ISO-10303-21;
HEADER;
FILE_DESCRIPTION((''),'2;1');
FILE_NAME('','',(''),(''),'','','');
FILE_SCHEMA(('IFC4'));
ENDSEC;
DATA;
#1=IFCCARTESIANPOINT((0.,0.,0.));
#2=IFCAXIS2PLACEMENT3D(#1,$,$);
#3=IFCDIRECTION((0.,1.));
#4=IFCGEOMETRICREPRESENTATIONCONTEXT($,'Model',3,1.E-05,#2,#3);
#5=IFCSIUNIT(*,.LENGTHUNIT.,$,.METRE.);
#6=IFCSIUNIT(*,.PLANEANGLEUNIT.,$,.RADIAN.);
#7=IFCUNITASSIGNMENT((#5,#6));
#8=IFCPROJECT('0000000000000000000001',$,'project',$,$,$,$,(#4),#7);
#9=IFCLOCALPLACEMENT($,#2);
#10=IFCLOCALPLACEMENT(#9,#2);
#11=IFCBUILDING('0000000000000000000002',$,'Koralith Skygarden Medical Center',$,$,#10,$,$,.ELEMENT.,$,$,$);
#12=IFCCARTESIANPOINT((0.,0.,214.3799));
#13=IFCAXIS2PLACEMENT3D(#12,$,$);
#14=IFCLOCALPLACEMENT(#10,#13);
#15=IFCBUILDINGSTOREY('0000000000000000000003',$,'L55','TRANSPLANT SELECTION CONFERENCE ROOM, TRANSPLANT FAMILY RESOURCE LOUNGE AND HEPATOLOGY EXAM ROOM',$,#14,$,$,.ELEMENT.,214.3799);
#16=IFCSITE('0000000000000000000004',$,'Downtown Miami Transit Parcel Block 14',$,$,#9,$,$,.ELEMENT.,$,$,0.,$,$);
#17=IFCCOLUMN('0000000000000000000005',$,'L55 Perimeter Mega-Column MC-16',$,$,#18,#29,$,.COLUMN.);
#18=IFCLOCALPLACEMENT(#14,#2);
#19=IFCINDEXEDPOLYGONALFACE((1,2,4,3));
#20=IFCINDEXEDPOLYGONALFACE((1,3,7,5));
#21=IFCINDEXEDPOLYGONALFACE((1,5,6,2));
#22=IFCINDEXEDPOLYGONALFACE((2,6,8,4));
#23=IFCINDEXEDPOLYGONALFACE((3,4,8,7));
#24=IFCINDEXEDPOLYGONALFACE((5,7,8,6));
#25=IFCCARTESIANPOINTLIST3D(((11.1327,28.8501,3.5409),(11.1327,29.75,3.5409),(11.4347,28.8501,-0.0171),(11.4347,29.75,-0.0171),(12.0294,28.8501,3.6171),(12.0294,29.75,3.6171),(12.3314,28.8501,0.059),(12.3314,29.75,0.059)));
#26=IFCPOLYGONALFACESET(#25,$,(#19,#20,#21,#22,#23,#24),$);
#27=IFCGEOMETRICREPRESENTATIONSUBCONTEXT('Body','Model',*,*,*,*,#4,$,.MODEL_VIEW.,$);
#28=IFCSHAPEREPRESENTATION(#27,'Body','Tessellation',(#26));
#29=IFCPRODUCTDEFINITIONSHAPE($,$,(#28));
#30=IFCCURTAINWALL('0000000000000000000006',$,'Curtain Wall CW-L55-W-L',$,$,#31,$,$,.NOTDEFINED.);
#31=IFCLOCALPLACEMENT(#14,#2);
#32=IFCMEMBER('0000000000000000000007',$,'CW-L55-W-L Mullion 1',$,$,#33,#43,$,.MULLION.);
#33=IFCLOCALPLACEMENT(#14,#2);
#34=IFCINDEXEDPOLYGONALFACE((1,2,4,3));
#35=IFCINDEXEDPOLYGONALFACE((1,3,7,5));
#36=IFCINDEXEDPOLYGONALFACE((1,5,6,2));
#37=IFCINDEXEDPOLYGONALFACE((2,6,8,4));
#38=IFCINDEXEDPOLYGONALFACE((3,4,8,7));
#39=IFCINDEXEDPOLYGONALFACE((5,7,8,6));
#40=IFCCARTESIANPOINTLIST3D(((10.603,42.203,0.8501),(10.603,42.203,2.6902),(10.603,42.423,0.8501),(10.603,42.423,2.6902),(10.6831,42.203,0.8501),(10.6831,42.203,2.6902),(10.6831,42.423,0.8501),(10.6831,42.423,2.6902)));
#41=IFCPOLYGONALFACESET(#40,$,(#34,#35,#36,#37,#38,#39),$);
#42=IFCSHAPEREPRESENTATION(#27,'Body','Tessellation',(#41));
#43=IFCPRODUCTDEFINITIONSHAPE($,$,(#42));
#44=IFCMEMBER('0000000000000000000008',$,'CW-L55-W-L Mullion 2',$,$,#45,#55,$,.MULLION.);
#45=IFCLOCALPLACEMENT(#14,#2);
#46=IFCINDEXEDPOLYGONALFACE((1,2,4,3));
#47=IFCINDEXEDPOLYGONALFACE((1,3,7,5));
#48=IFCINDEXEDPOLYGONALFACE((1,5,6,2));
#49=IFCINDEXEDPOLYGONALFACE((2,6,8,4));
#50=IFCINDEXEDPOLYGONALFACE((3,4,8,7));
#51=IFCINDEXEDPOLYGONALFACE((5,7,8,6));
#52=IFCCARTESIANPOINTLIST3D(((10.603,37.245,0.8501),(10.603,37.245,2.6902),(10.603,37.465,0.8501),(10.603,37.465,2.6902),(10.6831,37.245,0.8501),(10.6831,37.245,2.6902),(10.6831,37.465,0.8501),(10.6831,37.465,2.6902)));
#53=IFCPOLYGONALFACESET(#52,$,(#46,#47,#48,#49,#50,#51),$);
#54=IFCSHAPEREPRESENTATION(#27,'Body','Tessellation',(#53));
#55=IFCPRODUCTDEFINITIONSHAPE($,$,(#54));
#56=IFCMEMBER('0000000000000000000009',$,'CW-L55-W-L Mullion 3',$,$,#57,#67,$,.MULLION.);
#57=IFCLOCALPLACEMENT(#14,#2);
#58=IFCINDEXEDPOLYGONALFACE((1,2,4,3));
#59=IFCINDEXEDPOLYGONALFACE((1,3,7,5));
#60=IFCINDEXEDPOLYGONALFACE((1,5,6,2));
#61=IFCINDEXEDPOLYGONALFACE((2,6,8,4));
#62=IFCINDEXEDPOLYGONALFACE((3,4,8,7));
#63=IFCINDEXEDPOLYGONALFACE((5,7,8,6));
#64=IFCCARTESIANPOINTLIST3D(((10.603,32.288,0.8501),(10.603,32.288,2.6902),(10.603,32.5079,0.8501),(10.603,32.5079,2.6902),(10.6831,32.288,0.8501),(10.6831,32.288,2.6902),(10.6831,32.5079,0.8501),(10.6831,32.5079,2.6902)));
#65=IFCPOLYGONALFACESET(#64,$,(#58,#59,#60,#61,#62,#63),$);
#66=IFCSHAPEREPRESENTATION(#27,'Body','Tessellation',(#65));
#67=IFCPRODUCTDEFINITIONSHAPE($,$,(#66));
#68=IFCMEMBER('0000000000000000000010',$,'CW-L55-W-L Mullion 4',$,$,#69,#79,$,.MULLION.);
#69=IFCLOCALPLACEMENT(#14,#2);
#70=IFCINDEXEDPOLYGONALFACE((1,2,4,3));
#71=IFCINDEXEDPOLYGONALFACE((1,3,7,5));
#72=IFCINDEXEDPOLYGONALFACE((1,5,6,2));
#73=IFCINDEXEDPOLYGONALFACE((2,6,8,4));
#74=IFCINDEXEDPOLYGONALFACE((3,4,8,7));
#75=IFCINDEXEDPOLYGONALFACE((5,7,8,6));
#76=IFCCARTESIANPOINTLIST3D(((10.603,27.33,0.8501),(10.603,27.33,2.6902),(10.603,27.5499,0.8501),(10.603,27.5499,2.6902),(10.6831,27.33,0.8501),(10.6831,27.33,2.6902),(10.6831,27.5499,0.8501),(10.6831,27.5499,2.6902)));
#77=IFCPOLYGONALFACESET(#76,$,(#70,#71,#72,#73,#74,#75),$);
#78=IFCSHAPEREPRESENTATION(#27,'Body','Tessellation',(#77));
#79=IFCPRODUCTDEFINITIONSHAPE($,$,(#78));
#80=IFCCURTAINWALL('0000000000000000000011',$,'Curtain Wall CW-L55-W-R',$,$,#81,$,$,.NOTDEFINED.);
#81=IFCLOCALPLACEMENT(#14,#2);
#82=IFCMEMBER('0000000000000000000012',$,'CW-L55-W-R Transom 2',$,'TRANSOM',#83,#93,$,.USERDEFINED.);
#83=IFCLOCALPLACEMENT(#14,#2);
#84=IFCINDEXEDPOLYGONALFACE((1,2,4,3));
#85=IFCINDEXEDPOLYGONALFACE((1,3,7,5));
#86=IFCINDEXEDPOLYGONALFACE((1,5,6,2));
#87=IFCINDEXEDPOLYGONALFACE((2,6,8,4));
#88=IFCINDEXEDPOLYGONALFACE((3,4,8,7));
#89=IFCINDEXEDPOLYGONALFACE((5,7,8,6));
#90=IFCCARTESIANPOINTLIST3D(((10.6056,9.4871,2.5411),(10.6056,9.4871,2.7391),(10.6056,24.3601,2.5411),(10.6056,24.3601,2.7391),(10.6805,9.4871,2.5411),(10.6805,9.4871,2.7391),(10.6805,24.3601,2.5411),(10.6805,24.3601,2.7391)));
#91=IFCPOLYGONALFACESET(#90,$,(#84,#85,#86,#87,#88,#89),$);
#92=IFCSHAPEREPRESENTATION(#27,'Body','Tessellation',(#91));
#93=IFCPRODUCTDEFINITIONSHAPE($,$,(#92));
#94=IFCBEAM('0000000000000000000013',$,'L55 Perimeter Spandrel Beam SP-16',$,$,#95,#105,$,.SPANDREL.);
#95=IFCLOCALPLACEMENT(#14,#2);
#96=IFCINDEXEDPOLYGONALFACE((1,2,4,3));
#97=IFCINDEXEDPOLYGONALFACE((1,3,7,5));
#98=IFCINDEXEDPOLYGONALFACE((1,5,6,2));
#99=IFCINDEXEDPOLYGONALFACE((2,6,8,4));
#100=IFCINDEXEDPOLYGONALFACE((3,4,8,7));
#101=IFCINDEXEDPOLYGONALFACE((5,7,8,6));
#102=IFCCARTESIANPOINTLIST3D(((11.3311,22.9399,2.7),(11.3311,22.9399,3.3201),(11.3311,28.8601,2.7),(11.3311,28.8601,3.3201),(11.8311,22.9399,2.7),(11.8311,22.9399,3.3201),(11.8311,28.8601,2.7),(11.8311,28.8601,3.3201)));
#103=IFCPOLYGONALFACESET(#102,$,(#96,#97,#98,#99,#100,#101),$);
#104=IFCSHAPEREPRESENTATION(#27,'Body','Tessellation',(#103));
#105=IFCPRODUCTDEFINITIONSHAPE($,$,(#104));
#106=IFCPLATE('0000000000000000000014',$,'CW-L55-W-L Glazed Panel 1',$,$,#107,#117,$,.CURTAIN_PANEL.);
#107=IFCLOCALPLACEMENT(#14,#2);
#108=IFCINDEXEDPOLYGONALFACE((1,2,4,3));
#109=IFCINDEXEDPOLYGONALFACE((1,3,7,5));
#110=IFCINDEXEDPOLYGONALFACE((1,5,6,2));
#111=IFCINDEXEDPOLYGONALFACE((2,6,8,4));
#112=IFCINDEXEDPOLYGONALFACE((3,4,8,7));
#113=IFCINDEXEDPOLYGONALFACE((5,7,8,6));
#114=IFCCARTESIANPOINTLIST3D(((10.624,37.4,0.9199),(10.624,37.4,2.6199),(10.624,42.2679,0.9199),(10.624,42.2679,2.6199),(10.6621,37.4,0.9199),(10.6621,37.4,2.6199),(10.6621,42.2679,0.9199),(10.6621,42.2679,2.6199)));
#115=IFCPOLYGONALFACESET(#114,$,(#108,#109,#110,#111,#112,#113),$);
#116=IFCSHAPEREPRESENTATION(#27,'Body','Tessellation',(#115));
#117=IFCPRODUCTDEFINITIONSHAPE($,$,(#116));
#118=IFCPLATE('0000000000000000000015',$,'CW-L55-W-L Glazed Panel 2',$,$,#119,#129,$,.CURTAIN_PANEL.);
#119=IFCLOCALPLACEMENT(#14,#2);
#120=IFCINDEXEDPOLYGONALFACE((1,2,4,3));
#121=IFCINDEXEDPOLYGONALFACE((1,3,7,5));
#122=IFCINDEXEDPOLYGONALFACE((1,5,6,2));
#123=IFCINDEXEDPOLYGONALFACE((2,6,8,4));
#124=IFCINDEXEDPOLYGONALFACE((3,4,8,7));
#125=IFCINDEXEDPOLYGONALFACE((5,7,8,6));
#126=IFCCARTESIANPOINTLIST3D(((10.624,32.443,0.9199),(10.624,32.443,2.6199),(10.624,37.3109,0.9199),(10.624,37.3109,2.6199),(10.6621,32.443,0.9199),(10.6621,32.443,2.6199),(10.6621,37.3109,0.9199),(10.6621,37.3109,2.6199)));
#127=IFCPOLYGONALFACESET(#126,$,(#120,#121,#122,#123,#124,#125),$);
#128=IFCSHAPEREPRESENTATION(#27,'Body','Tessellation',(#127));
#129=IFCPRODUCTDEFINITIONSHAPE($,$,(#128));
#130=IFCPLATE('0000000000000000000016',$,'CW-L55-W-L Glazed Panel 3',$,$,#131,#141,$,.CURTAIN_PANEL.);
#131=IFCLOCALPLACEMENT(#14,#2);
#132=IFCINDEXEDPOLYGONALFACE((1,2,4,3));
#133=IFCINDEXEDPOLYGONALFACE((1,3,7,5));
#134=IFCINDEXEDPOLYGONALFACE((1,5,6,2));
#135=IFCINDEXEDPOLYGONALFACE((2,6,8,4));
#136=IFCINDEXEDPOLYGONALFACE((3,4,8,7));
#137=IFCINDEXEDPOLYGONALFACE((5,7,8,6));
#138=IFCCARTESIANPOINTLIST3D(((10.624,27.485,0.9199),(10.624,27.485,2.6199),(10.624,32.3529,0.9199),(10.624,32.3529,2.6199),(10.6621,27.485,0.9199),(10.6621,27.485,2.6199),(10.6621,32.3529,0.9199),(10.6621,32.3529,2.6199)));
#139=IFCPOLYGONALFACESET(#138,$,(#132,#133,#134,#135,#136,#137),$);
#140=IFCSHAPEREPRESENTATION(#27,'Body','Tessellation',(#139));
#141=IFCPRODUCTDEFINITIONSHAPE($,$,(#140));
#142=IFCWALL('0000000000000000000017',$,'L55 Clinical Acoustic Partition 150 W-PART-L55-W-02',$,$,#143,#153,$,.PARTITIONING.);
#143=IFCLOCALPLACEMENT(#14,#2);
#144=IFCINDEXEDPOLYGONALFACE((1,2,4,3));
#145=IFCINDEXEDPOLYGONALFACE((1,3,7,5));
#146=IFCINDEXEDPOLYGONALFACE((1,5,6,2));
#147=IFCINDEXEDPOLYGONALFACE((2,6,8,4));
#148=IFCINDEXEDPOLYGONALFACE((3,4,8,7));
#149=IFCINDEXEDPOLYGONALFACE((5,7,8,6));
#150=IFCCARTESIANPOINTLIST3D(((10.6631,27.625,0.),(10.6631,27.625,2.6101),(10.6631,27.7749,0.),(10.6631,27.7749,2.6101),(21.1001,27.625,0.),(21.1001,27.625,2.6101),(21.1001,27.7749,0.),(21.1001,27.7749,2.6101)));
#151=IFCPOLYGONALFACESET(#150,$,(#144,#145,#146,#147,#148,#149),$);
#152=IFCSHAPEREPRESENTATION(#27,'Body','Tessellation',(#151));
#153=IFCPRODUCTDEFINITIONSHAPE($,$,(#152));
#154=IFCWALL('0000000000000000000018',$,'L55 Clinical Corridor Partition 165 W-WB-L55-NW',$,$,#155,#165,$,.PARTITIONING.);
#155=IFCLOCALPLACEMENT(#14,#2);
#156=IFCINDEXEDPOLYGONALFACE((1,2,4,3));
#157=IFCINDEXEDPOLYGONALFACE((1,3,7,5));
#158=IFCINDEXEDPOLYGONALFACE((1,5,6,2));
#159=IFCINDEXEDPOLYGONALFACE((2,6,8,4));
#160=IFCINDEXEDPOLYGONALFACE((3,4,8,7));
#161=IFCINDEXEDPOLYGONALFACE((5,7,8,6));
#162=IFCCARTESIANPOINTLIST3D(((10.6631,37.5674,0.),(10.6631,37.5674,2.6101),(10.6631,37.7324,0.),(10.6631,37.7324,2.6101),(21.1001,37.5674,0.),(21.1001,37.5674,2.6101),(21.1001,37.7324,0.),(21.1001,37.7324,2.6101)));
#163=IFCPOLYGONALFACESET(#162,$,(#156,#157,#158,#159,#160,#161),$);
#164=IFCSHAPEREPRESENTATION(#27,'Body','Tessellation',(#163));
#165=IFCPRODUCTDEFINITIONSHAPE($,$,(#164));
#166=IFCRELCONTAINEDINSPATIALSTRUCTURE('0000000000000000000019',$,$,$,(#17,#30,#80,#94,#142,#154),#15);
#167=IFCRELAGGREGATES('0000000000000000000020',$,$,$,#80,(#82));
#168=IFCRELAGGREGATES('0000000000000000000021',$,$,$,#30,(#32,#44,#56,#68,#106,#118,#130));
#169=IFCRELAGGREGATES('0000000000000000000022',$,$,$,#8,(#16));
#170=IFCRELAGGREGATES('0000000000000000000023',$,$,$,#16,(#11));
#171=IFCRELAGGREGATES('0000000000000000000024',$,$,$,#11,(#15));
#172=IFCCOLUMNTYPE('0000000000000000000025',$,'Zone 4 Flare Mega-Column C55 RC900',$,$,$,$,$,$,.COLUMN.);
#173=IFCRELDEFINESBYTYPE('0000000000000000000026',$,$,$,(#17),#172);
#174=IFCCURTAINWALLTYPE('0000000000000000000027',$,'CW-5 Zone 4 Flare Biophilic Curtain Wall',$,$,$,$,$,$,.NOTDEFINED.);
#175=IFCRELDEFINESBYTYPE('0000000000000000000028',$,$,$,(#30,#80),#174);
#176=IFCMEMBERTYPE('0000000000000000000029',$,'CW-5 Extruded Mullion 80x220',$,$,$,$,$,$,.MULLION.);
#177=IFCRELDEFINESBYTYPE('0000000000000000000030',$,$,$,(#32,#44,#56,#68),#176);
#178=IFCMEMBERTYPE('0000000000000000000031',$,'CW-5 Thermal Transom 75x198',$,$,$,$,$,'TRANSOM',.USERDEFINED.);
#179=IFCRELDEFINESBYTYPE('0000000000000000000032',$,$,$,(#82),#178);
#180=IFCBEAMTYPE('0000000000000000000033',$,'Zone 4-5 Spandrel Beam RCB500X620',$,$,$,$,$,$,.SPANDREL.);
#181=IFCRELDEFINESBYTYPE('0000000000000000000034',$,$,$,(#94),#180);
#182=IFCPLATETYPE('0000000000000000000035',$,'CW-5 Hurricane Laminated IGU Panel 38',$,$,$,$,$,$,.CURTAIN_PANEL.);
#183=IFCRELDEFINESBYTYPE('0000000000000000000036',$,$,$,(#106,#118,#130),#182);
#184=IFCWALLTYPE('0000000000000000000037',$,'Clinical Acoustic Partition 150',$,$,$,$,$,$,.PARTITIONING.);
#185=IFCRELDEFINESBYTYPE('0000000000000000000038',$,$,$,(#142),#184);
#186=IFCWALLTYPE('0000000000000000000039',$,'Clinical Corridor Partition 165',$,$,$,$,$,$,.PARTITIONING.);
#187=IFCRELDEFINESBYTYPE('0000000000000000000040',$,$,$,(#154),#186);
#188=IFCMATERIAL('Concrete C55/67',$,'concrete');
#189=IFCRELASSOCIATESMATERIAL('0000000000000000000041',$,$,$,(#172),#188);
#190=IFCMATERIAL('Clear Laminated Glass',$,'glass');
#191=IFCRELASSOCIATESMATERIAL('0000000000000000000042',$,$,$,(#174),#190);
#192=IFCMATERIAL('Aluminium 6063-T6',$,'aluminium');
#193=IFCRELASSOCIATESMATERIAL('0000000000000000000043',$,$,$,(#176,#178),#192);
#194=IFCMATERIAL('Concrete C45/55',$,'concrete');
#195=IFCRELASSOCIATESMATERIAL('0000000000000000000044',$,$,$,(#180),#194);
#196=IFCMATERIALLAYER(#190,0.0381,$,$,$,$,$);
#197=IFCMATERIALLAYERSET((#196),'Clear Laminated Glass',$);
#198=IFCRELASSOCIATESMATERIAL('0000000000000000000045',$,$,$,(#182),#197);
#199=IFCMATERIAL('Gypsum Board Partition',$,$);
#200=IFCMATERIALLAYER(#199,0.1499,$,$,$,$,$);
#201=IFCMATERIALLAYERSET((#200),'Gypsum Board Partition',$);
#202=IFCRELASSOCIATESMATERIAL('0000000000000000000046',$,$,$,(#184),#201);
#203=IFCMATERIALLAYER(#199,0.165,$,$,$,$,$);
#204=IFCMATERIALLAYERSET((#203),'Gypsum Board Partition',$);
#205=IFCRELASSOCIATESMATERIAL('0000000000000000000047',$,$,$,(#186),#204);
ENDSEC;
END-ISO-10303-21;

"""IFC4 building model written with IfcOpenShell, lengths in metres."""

from ifc_helpers import new_model, si_unit, direction, frame, frame_2d, origin, origin_2d, place, context, subcontext, project, spatial, rectangle, extrude, material, layer, layer_set, material_profile, profile_set, type_object, element, aggregate, save


model = new_model("IFC4")

# Units and contexts
model_context = context("Model", 3, precision=1e-05, world=origin(), true_north=direction((0.0, 1.0)))
body_context = subcontext(model_context, "Body", "Model", "MODEL_VIEW")
ifc_project = project(units=[si_unit("LENGTHUNIT", "METRE"), si_unit("PLANEANGLEUNIT", "RADIAN")], contexts=[model_context])

# Site, building, storey
site_placement = place(None, origin())
site = spatial("IfcSite", under=ifc_project, at=site_placement, Name="Downtown Miami Transit Parcel Block 14", CompositionType="ELEMENT", RefElevation=0.0)
building_placement = place(site_placement, origin())
building = spatial("IfcBuilding", under=site, at=building_placement, Name="Koralith Skygarden Medical Center", CompositionType="ELEMENT")
storey_placement = place(building_placement, frame((0.0, 0.0, 214.3799)))
storey = spatial("IfcBuildingStorey", under=building, at=storey_placement, Name="L55", Description="TRANSPLANT SELECTION CONFERENCE ROOM, TRANSPLANT FAMILY RESOURCE LOUNGE AND HEPATOLOGY EXAM ROOM", CompositionType="ELEMENT", Elevation=214.3799)

# Column
ifc_material_1 = material(Name="Concrete C55/67", Category="concrete")
ifc_material_profile_1 = material_profile(ifc_material_1, rectangle(XDim=0.8999, YDim=0.8999, at=origin_2d()), Name="RC900X900")
ifc_profile_set_1 = profile_set([ifc_material_profile_1], Name="Concrete C55/67")
column_type = type_object("IfcColumnType", Name="Zone 4 Flare Mega-Column C55 RC900", PredefinedType="COLUMN", material=ifc_profile_set_1)
column_placement = place(storey_placement, frame((11.8831, 29.3, 0.021), z_axis=(-0.084573, 0.0, 0.996417), x_axis=(0.0, -1.0, 0.0)))
element("IfcColumn", 1, at=column_placement, inside=storey, type_object=column_type, Name="L55 Perimeter Mega-Column MC-16", PredefinedType="COLUMN", context=body_context, shape_type="SweptSolid", body=[
    extrude(rectangle(XDim=0.8999, YDim=0.8999, at=origin_2d()), origin(), (0.0, 0.0, 1.0), 3.5708),
])

# Curtain wall, members
ifc_material_2 = material(Name="Clear Laminated Glass", Category="glass")
curtain_wall_type = type_object("IfcCurtainWallType", Name="CW-5 Zone 4 Flare Biophilic Curtain Wall", PredefinedType="NOTDEFINED", material=ifc_material_2)
curtain_wall_1_placement = place(storey_placement, origin())
curtain_wall_1 = element("IfcCurtainWall", 2, at=curtain_wall_1_placement, inside=storey, type_object=curtain_wall_type, Name="Curtain Wall CW-L55-W-L", PredefinedType="NOTDEFINED")
ifc_material_3 = material(Name="Aluminium 6063-T6", Category="aluminium")
ifc_material_profile_2 = material_profile(ifc_material_3, rectangle(XDim=0.0801, YDim=0.22, at=origin_2d()), Name="MUL80X220")
ifc_profile_set_2 = profile_set([ifc_material_profile_2], Name="Aluminium 6063-T6")
member_type_1 = type_object("IfcMemberType", Name="CW-5 Extruded Mullion 80x220", PredefinedType="MULLION", material=ifc_profile_set_2)
member_1_placement = place(storey_placement, frame((10.6431, 42.313, 0.8501), z_axis=(0.0, 0.0, 1.0), x_axis=(1.0, 0.0, 0.0)))
member_1 = element("IfcMember", 3, at=member_1_placement, type_object=member_type_1, Name="CW-L55-W-L Mullion 1", PredefinedType="MULLION", context=body_context, shape_type="SweptSolid", body=[
    extrude(rectangle(XDim=0.0801, YDim=0.22, at=origin_2d()), origin(), (0.0, 0.0, 1.0), 1.8401),
])
member_2_placement = place(storey_placement, frame((10.6431, 37.355, 0.8501), z_axis=(0.0, 0.0, 1.0), x_axis=(1.0, 0.0, 0.0)))
member_2 = element("IfcMember", 4, at=member_2_placement, type_object=member_type_1, Name="CW-L55-W-L Mullion 2", PredefinedType="MULLION", context=body_context, shape_type="SweptSolid", body=[
    extrude(rectangle(XDim=0.0801, YDim=0.22, at=origin_2d()), origin(), (0.0, 0.0, 1.0), 1.8401),
])
member_3_placement = place(storey_placement, frame((10.6431, 32.3979, 0.8501), z_axis=(0.0, 0.0, 1.0), x_axis=(1.0, 0.0, 0.0)))
member_3 = element("IfcMember", 5, at=member_3_placement, type_object=member_type_1, Name="CW-L55-W-L Mullion 3", PredefinedType="MULLION", context=body_context, shape_type="SweptSolid", body=[
    extrude(rectangle(XDim=0.0801, YDim=0.22, at=origin_2d()), origin(), (0.0, 0.0, 1.0), 1.8401),
])
member_4_placement = place(storey_placement, frame((10.6431, 27.4399, 0.8501), z_axis=(0.0, 0.0, 1.0), x_axis=(1.0, 0.0, 0.0)))
member_4 = element("IfcMember", 6, at=member_4_placement, type_object=member_type_1, Name="CW-L55-W-L Mullion 4", PredefinedType="MULLION", context=body_context, shape_type="SweptSolid", body=[
    extrude(rectangle(XDim=0.0801, YDim=0.22, at=origin_2d()), origin(), (0.0, 0.0, 1.0), 1.8401),
])

# Curtain wall, member
curtain_wall_2_placement = place(storey_placement, origin())
curtain_wall_2 = element("IfcCurtainWall", 7, at=curtain_wall_2_placement, inside=storey, type_object=curtain_wall_type, Name="Curtain Wall CW-L55-W-R", PredefinedType="NOTDEFINED")
ifc_material_profile_3 = material_profile(ifc_material_3, rectangle(XDim=0.075, YDim=0.198, at=origin_2d()), Name="TRN75X198")
ifc_profile_set_3 = profile_set([ifc_material_profile_3], Name="Aluminium 6063-T6")
member_type_2 = type_object("IfcMemberType", Name="CW-5 Thermal Transom 75x198", ElementType="TRANSOM", PredefinedType="USERDEFINED", material=ifc_profile_set_3)
member_5_placement = place(storey_placement, frame((10.6431, 24.3601, 2.6401), z_axis=(0.0, -1.0, 0.0), x_axis=(1.0, 0.0, 0.0)))
member_5 = element("IfcMember", 8, at=member_5_placement, type_object=member_type_2, Name="CW-L55-W-R Transom 2", ObjectType="TRANSOM", PredefinedType="USERDEFINED", context=body_context, shape_type="SweptSolid", body=[
    extrude(rectangle(XDim=0.075, YDim=0.198, at=origin_2d()), origin(), (0.0, 0.0, 1.0), 14.873),
])
aggregate(curtain_wall_2, [member_5])

# Beam
ifc_material_4 = material(Name="Concrete C45/55", Category="concrete")
ifc_material_profile_4 = material_profile(ifc_material_4, rectangle(XDim=0.5, YDim=0.6201, at=origin_2d()), Name="RCB500X620")
ifc_profile_set_4 = profile_set([ifc_material_profile_4], Name="Concrete C45/55")
beam_type = type_object("IfcBeamType", Name="Zone 4-5 Spandrel Beam RCB500X620", PredefinedType="SPANDREL", material=ifc_profile_set_4)
beam_placement = place(storey_placement, frame((11.5811, 28.8601, 3.01), z_axis=(0.0, -1.0, 0.0), x_axis=(1.0, 0.0, 0.0)))
element("IfcBeam", 9, at=beam_placement, inside=storey, type_object=beam_type, Name="L55 Perimeter Spandrel Beam SP-16", PredefinedType="SPANDREL", context=body_context, shape_type="SweptSolid", body=[
    extrude(rectangle(XDim=0.5, YDim=0.6201, at=origin_2d()), origin(), (0.0, 0.0, 1.0), 5.9202),
])

# Plates
ifc_layer_1 = layer(ifc_material_2, 0.0381)
ifc_layer_set_1 = layer_set([ifc_layer_1], Name="Clear Laminated Glass")
plate_type = type_object("IfcPlateType", Name="CW-5 Hurricane Laminated IGU Panel 38", PredefinedType="CURTAIN_PANEL", material=ifc_layer_set_1)
plate_1_placement = place(storey_placement, frame((10.6431, 39.834, 0.9199), z_axis=(0.0, 0.0, 1.0), x_axis=(0.0, -1.0, 0.0)))
plate_1 = element("IfcPlate", 10, at=plate_1_placement, type_object=plate_type, Name="CW-L55-W-L Glazed Panel 1", PredefinedType="CURTAIN_PANEL", context=body_context, shape_type="SweptSolid", body=[
    extrude(rectangle(XDim=4.8679, YDim=0.0381, at=origin_2d()), origin(), (0.0, 0.0, 1.0), 1.7),
])
plate_2_placement = place(storey_placement, frame((10.6431, 34.877, 0.9199), z_axis=(0.0, 0.0, 1.0), x_axis=(0.0, -1.0, 0.0)))
plate_2 = element("IfcPlate", 11, at=plate_2_placement, type_object=plate_type, Name="CW-L55-W-L Glazed Panel 2", PredefinedType="CURTAIN_PANEL", context=body_context, shape_type="SweptSolid", body=[
    extrude(rectangle(XDim=4.8679, YDim=0.0381, at=origin_2d()), origin(), (0.0, 0.0, 1.0), 1.7),
])
plate_3_placement = place(storey_placement, frame((10.6431, 29.9189, 0.9199), z_axis=(0.0, 0.0, 1.0), x_axis=(0.0, -1.0, 0.0)))
plate_3 = element("IfcPlate", 12, at=plate_3_placement, type_object=plate_type, Name="CW-L55-W-L Glazed Panel 3", PredefinedType="CURTAIN_PANEL", context=body_context, shape_type="SweptSolid", body=[
    extrude(rectangle(XDim=4.8679, YDim=0.0381, at=origin_2d()), origin(), (0.0, 0.0, 1.0), 1.7),
])
aggregate(curtain_wall_1, [member_1, member_2, member_3, member_4, plate_1, plate_2, plate_3])

# Walls
ifc_material_5 = material(Name="Gypsum Board Partition")
ifc_layer_2 = layer(ifc_material_5, 0.1499)
ifc_layer_set_2 = layer_set([ifc_layer_2], Name="Gypsum Board Partition")
wall_type_1 = type_object("IfcWallType", Name="Clinical Acoustic Partition 150", PredefinedType="PARTITIONING", material=ifc_layer_set_2)
wall_1_placement = place(storey_placement, frame((21.1001, 27.7, 0.0), z_axis=(0.0, 0.0, 1.0), x_axis=(-1.0, 0.0, 0.0)))
element("IfcWall", 13, at=wall_1_placement, inside=storey, type_object=wall_type_1, Name="L55 Clinical Acoustic Partition 150 W-PART-L55-W-02", PredefinedType="PARTITIONING", context=body_context, shape_type="SweptSolid", body=[
    extrude(rectangle(XDim=10.437, YDim=0.1499, at=frame_2d((5.2185, 0.0))), origin(), (0.0, 0.0, 1.0), 2.6101),
])
ifc_layer_3 = layer(ifc_material_5, 0.165)
ifc_layer_set_3 = layer_set([ifc_layer_3], Name="Gypsum Board Partition")
wall_type_2 = type_object("IfcWallType", Name="Clinical Corridor Partition 165", PredefinedType="PARTITIONING", material=ifc_layer_set_3)
wall_2_placement = place(storey_placement, frame((10.6631, 37.6499, 0.0), z_axis=(0.0, 0.0, 1.0), x_axis=(1.0, 0.0, 0.0)))
element("IfcWall", 14, at=wall_2_placement, inside=storey, type_object=wall_type_2, Name="L55 Clinical Corridor Partition 165 W-WB-L55-NW", PredefinedType="PARTITIONING", context=body_context, shape_type="SweptSolid", body=[
    extrude(rectangle(XDim=10.437, YDim=0.165, at=frame_2d((5.2185, 0.0))), origin(), (0.0, 0.0, 1.0), 2.6101),
])

save(model, "model.ifc")
